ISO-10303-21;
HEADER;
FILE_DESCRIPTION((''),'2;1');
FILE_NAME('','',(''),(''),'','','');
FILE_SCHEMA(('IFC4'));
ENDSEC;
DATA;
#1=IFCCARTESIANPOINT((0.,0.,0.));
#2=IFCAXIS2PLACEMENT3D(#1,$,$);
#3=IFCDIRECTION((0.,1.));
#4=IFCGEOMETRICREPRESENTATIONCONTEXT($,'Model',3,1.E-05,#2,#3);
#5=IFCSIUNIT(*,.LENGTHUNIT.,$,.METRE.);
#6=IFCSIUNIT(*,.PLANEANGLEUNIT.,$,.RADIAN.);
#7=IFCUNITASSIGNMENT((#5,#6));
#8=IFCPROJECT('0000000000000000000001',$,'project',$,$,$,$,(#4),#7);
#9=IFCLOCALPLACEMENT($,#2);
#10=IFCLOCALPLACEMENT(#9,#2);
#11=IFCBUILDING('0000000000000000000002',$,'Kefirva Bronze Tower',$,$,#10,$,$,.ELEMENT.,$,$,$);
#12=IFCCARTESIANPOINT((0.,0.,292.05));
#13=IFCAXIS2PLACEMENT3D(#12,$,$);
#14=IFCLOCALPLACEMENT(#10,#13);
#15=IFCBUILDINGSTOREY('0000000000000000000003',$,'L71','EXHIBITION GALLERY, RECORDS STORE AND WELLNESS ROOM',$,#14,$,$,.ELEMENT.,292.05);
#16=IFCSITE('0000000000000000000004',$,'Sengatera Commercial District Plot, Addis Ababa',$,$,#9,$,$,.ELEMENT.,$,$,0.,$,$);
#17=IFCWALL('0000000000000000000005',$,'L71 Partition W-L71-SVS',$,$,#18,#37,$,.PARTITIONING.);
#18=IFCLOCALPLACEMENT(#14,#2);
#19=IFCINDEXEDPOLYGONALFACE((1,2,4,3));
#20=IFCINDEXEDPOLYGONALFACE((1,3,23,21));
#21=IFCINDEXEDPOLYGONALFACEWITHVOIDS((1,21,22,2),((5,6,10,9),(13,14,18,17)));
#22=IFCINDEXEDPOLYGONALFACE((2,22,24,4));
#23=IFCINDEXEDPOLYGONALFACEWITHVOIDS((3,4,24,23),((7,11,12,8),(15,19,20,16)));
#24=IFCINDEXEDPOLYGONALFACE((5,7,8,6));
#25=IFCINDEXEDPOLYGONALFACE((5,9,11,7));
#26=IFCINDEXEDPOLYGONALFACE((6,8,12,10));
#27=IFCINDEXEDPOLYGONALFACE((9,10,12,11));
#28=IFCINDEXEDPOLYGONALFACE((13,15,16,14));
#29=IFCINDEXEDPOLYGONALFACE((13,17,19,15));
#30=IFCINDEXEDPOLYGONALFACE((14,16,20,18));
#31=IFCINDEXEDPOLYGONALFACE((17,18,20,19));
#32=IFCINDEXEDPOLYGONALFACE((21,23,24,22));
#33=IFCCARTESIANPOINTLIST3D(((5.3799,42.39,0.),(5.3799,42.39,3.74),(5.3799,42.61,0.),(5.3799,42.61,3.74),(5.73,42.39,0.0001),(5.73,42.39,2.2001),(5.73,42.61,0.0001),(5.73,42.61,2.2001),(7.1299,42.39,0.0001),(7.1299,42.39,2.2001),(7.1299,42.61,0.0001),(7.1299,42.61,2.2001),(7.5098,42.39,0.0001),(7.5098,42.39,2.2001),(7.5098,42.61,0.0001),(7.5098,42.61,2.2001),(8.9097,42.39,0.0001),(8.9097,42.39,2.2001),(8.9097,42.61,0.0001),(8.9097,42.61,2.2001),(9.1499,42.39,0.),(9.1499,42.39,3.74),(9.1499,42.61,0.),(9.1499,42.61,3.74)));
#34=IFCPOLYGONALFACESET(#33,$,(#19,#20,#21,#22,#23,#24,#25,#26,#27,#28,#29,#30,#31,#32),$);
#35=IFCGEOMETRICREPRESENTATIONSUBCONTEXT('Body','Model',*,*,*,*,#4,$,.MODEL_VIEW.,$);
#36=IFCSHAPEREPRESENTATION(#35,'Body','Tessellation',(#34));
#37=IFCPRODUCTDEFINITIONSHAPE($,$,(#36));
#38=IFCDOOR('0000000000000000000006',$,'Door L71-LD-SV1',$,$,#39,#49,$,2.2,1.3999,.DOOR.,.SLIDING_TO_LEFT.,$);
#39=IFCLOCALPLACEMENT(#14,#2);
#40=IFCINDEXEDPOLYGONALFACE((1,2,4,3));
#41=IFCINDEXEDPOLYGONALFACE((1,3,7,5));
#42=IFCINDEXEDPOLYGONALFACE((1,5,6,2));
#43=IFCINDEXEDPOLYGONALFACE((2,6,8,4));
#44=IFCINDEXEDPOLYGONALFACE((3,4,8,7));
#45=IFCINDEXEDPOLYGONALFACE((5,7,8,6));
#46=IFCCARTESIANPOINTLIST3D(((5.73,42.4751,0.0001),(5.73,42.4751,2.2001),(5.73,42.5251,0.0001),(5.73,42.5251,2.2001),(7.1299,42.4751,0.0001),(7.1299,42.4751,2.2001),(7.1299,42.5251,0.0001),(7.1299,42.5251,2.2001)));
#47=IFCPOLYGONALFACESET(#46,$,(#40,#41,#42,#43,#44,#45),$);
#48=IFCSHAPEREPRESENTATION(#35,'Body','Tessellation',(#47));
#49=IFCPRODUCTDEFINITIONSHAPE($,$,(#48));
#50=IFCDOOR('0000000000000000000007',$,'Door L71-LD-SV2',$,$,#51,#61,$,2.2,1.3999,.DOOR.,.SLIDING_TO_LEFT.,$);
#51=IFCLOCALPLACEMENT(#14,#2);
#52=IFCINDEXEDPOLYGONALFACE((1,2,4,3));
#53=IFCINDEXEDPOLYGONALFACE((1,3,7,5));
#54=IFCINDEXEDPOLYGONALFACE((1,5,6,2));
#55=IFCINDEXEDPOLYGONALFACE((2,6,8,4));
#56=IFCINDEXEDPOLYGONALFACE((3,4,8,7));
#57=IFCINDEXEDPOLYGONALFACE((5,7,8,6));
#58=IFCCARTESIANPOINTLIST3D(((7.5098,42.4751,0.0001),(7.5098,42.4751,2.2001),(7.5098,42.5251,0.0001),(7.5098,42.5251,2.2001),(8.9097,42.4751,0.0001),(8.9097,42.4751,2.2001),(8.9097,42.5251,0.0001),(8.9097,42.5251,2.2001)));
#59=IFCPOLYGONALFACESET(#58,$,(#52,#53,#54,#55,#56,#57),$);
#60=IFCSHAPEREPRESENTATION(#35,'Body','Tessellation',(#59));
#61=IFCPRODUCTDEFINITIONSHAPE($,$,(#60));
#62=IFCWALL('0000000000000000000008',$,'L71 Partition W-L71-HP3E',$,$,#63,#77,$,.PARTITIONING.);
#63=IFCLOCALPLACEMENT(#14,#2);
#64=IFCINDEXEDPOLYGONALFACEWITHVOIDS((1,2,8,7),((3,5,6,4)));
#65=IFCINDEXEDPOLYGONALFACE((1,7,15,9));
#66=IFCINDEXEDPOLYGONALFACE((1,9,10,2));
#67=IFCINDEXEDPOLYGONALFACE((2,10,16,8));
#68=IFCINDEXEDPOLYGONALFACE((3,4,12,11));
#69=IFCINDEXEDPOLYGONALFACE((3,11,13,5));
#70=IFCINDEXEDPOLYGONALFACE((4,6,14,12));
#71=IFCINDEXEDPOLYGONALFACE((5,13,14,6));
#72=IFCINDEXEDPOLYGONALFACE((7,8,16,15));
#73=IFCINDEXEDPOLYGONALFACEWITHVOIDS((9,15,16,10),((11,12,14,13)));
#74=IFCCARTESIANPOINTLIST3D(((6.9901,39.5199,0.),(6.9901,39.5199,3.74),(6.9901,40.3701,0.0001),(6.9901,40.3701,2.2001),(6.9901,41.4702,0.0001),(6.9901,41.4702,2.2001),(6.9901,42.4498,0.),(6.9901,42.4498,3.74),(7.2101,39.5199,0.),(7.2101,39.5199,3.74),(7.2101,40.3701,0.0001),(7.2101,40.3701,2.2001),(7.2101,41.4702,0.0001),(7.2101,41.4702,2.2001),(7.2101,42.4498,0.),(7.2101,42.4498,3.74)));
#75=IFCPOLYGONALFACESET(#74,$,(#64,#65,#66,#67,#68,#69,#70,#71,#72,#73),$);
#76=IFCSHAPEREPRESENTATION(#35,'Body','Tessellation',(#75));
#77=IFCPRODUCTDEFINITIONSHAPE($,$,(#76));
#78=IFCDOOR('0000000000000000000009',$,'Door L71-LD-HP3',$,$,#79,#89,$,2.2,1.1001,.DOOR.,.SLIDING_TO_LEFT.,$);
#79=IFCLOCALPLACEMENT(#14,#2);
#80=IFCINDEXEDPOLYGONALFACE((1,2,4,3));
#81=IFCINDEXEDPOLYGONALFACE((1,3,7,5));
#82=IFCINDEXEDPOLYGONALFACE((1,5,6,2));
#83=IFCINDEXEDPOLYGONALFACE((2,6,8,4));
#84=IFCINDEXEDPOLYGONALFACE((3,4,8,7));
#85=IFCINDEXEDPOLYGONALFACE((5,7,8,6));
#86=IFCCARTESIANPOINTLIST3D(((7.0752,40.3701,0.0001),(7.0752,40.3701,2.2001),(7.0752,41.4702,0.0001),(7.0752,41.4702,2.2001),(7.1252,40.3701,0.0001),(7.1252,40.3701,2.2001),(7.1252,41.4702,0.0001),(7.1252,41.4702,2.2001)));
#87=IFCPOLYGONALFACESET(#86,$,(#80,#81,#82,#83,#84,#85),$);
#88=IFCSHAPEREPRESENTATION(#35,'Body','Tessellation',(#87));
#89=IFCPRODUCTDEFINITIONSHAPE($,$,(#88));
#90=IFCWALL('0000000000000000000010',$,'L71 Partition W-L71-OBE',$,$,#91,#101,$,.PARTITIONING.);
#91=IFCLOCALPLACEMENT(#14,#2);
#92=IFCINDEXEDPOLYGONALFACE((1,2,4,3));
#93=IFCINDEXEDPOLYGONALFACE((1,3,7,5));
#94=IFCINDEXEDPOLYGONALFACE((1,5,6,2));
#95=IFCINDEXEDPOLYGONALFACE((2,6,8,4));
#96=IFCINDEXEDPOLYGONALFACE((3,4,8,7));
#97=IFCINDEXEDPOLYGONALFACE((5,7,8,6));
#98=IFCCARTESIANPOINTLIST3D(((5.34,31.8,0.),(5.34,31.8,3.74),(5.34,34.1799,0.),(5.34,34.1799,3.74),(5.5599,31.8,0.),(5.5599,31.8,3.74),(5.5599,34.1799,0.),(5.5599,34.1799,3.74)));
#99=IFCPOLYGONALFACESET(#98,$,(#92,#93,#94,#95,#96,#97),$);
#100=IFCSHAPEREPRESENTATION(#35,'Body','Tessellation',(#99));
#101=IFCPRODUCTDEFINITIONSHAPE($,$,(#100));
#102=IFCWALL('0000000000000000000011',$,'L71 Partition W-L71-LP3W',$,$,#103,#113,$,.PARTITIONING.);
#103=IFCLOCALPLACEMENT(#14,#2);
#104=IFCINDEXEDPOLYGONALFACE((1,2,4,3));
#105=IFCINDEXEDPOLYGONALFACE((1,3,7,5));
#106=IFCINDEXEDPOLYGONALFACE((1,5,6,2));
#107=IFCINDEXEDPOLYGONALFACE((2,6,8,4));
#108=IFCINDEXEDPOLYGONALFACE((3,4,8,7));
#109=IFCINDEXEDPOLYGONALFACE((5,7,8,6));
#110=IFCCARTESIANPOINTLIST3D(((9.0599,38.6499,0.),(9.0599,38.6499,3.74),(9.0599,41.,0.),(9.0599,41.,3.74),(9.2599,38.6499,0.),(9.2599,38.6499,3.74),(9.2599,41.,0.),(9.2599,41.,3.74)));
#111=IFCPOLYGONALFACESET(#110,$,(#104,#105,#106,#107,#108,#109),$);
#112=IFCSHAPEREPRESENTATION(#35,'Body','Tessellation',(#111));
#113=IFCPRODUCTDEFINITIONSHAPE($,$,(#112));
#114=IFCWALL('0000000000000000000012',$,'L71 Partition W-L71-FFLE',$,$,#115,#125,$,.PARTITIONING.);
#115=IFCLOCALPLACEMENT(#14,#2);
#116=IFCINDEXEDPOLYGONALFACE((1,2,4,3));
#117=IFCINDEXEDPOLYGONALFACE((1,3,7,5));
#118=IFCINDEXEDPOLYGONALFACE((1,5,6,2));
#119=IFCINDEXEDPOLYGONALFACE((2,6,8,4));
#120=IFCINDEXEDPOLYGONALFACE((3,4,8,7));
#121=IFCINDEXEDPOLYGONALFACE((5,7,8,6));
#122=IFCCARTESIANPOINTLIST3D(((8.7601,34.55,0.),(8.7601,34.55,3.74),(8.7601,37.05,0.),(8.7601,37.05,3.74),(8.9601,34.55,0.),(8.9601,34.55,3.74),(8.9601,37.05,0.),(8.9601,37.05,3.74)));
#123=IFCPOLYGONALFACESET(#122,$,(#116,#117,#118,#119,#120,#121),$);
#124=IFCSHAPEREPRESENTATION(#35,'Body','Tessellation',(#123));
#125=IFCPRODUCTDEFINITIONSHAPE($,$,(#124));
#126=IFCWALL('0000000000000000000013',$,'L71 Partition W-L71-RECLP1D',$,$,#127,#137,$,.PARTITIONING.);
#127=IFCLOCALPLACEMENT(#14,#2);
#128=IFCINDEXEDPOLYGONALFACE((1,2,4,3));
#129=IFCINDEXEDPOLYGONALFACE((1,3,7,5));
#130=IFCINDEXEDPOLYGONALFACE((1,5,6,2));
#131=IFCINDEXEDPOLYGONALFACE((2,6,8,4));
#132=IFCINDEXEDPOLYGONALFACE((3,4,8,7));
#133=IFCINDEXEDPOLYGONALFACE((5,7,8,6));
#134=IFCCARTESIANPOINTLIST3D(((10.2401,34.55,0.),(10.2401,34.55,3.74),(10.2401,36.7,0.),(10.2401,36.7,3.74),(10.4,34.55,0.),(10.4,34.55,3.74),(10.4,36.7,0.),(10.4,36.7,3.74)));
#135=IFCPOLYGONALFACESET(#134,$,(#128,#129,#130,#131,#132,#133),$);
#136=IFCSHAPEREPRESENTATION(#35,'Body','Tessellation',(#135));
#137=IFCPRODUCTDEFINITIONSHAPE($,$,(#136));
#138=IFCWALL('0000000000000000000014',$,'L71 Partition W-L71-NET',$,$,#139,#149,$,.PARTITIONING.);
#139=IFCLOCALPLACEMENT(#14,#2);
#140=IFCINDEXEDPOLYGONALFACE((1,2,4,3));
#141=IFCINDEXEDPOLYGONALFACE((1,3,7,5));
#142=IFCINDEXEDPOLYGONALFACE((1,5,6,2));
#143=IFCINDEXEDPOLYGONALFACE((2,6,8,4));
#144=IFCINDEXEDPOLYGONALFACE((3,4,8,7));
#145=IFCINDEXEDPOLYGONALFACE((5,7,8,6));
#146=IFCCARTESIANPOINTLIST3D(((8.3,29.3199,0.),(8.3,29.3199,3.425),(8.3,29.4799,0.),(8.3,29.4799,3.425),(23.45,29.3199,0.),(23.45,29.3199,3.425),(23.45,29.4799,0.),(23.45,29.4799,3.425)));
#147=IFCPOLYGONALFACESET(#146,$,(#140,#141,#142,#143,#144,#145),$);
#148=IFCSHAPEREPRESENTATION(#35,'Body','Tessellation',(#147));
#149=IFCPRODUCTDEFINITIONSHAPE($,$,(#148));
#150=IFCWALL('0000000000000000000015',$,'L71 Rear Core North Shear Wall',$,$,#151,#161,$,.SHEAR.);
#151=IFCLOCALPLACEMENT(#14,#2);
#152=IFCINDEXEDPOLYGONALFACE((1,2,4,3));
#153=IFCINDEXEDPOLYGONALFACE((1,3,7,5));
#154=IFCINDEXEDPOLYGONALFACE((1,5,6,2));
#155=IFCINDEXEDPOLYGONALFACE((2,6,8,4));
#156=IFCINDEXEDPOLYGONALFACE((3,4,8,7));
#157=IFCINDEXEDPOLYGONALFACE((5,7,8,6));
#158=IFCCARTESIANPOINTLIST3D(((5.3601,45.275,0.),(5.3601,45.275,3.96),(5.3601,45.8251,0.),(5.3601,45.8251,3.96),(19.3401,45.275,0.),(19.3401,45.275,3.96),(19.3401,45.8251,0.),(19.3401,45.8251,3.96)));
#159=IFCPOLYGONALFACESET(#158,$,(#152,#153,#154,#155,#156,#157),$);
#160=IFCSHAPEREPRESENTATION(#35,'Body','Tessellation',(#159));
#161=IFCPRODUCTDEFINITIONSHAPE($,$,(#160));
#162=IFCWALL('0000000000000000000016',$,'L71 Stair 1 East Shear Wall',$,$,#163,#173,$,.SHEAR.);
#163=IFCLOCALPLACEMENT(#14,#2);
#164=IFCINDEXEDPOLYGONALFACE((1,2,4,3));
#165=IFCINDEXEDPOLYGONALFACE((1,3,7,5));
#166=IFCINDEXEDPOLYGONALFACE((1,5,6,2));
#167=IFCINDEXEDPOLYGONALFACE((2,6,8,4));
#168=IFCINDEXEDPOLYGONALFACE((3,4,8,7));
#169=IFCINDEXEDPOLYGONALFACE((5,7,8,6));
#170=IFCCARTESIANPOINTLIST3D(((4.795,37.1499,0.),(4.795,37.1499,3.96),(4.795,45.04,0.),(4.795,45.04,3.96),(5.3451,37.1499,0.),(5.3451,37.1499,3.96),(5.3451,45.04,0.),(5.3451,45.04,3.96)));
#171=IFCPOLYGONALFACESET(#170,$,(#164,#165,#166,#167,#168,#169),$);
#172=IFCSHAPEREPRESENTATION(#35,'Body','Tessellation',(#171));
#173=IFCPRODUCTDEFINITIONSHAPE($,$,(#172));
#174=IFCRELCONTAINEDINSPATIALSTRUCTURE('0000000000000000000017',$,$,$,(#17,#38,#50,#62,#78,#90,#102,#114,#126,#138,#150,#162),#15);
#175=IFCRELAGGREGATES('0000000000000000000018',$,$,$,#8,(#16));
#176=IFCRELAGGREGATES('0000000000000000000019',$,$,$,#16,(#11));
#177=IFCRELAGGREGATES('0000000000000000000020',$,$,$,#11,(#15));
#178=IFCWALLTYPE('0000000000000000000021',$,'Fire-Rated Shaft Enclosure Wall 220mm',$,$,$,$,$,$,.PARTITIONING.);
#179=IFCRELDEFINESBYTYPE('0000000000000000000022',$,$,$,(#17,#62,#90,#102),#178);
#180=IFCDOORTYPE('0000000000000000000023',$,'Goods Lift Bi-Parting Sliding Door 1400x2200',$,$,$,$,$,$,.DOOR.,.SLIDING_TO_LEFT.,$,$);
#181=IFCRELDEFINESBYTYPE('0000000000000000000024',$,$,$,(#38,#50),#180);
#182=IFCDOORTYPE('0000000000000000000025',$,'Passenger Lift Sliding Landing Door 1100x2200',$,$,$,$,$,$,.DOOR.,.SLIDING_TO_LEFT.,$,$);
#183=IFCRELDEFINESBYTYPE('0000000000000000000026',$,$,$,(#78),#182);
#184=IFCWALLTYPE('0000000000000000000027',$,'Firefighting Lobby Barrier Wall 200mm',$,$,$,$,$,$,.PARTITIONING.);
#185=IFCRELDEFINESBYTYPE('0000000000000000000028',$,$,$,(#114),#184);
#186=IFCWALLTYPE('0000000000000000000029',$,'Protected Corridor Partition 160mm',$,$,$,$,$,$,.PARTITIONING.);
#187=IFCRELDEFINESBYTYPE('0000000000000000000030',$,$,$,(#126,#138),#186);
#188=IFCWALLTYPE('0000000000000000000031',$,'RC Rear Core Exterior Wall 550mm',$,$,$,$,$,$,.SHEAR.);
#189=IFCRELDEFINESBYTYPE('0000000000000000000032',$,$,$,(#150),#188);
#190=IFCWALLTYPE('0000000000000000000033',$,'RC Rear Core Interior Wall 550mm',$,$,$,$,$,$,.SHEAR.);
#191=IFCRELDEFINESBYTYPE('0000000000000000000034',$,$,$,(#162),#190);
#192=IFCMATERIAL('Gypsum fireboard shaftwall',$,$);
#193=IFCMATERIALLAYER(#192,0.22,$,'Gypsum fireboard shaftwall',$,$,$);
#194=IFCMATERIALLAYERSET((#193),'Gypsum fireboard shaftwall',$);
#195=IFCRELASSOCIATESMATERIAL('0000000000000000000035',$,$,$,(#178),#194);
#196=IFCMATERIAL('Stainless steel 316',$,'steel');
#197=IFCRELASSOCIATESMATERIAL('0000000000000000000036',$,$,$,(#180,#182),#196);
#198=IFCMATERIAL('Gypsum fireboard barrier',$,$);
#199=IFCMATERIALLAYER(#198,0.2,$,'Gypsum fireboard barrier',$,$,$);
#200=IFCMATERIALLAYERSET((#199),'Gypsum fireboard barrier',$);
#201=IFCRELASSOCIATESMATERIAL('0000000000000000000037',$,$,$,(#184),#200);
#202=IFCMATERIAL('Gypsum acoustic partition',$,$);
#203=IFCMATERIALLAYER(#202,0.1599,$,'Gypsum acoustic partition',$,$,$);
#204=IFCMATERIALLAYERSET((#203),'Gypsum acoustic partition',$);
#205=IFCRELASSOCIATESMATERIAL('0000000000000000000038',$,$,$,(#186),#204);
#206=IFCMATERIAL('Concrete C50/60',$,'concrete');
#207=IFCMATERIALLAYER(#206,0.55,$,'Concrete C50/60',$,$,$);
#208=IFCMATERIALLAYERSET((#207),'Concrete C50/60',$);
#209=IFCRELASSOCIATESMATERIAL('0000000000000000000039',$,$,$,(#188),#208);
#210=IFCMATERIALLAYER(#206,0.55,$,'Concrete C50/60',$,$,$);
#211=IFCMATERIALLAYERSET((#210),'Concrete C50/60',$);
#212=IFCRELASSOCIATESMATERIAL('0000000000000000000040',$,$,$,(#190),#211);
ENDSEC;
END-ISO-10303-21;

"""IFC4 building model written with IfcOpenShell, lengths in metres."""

from ifc_helpers import new_model, si_unit, direction, frame, frame_2d, origin, place, context, subcontext, project, spatial, rectangle, extrude, material, layer, layer_set, type_object, element, fill, save


model = new_model("IFC4")

# Units and contexts
model_context = context("Model", 3, precision=1e-05, world=origin(), true_north=direction((0.0, 1.0)))
body_context = subcontext(model_context, "Body", "Model", "MODEL_VIEW")
ifc_project = project(units=[si_unit("LENGTHUNIT", "METRE"), si_unit("PLANEANGLEUNIT", "RADIAN")], contexts=[model_context])

# Site, building, storey
site_placement = place(None, origin())
site = spatial("IfcSite", under=ifc_project, at=site_placement, Name="Sengatera Commercial District Plot, Addis Ababa", CompositionType="ELEMENT", RefElevation=0.0)
building_placement = place(site_placement, origin())
building = spatial("IfcBuilding", under=site, at=building_placement, Name="Kefirva Bronze Tower", CompositionType="ELEMENT")
storey_placement = place(building_placement, frame((0.0, 0.0, 292.05)))
storey = spatial("IfcBuildingStorey", under=building, at=storey_placement, Name="L71", Description="EXHIBITION GALLERY, RECORDS STORE AND WELLNESS ROOM", CompositionType="ELEMENT", Elevation=292.05)

# Shared definitions
ifc_material_1 = material(Name="Concrete C50/60", Category="concrete")

# Shared definitions
ifc_material_2 = material(Name="Gypsum fireboard shaftwall")
ifc_layer_1 = layer(ifc_material_2, 0.22, Name="Gypsum fireboard shaftwall")
ifc_layer_set_1 = layer_set([ifc_layer_1], Name="Gypsum fireboard shaftwall")
wall_type_1 = type_object("IfcWallType", Name="Fire-Rated Shaft Enclosure Wall 220mm", PredefinedType="PARTITIONING", material=ifc_layer_set_1)
ifc_material_3 = material(Name="Stainless steel 316", Category="steel")

# Wall, openings, doors
wall_1_placement = place(storey_placement, frame((5.3799, 42.5, 0.0), z_axis=(0.0, 0.0, 1.0), x_axis=(1.0, 0.0, 0.0)))
wall_1 = element("IfcWall", 1, at=wall_1_placement, inside=storey, type_object=wall_type_1, Name="L71 Partition W-L71-SVS", PredefinedType="PARTITIONING", context=body_context, shape_type="SweptSolid", body=[
    extrude(rectangle(XDim=3.77, YDim=0.22, at=frame_2d((1.885, 0.0))), origin(), (0.0, 0.0, 1.0), 3.74),
])
opening_1_placement = place(wall_1_placement, frame((1.75, 0.0, 0.0), z_axis=(0.0, 0.0, 1.0), x_axis=(-1.0, 0.0, 0.0)))
opening_1 = element("IfcOpeningElement", 2, at=opening_1_placement, cuts=wall_1, PredefinedType="OPENING", context=body_context, shape_type="SweptSolid", body=[
    extrude(rectangle(XDim=1.3999, YDim=2.2, at=frame_2d((0.7, 1.1001))), frame((0.0, 0.1201, 0.0), z_axis=(0.0, -1.0, 0.0), x_axis=(1.0, 0.0, 0.0)), (0.0, 0.0, 1.0), 0.24),
])
opening_2_placement = place(wall_1_placement, frame((3.5298, 0.0, 0.0), z_axis=(0.0, 0.0, 1.0), x_axis=(-1.0, 0.0, 0.0)))
opening_2 = element("IfcOpeningElement", 3, at=opening_2_placement, cuts=wall_1, PredefinedType="OPENING", context=body_context, shape_type="SweptSolid", body=[
    extrude(rectangle(XDim=1.3999, YDim=2.2, at=frame_2d((0.7, 1.1001))), frame((0.0, 0.1201, 0.0), z_axis=(0.0, -1.0, 0.0), x_axis=(1.0, 0.0, 0.0)), (0.0, 0.0, 1.0), 0.24),
])
door_type_1 = type_object("IfcDoorType", Name="Goods Lift Bi-Parting Sliding Door 1400x2200", OperationType="SLIDING_TO_LEFT", PredefinedType="DOOR", material=ifc_material_3)
door_1_placement = place(opening_1_placement, origin())
door_1 = element("IfcDoor", 4, at=door_1_placement, inside=storey, type_object=door_type_1, Name="Door L71-LD-SV1", OperationType="SLIDING_TO_LEFT", OverallHeight=2.2, OverallWidth=1.3999, PredefinedType="DOOR", context=body_context, shape_type="SweptSolid", body=[
    extrude(rectangle(XDim=1.3999, YDim=2.2, at=frame_2d((0.7, 1.1001))), frame((0.0, 0.0249, 0.0), z_axis=(0.0, -1.0, 0.0), x_axis=(1.0, 0.0, 0.0)), (0.0, 0.0, 1.0), 0.05),
])
fill(opening_1, door_1)
door_2_placement = place(opening_2_placement, origin())
door_2 = element("IfcDoor", 5, at=door_2_placement, inside=storey, type_object=door_type_1, Name="Door L71-LD-SV2", OperationType="SLIDING_TO_LEFT", OverallHeight=2.2, OverallWidth=1.3999, PredefinedType="DOOR", context=body_context, shape_type="SweptSolid", body=[
    extrude(rectangle(XDim=1.3999, YDim=2.2, at=frame_2d((0.7, 1.1001))), frame((0.0, 0.0249, 0.0), z_axis=(0.0, -1.0, 0.0), x_axis=(1.0, 0.0, 0.0)), (0.0, 0.0, 1.0), 0.05),
])
fill(opening_2, door_2)

# Wall, opening, door
wall_2_placement = place(storey_placement, frame((7.1001, 39.52, 0.0), z_axis=(0.0, 0.0, 1.0), x_axis=(0.0, 1.0, 0.0)))
wall_2 = element("IfcWall", 6, at=wall_2_placement, inside=storey, type_object=wall_type_1, Name="L71 Partition W-L71-HP3E", PredefinedType="PARTITIONING", context=body_context, shape_type="SweptSolid", body=[
    extrude(rectangle(XDim=2.9299, YDim=0.22, at=frame_2d((1.4648, 0.0))), origin(), (0.0, 0.0, 1.0), 3.74),
])
opening_3_placement = place(wall_2_placement, frame((0.8501, 0.0, 0.0)))
opening_3 = element("IfcOpeningElement", 7, at=opening_3_placement, cuts=wall_2, PredefinedType="OPENING", context=body_context, shape_type="SweptSolid", body=[
    extrude(rectangle(XDim=1.1001, YDim=2.2, at=frame_2d((0.55, 1.1001))), frame((0.0, 0.1201, 0.0), z_axis=(0.0, -1.0, 0.0), x_axis=(1.0, 0.0, 0.0)), (0.0, 0.0, 1.0), 0.24),
])
door_type_2 = type_object("IfcDoorType", Name="Passenger Lift Sliding Landing Door 1100x2200", OperationType="SLIDING_TO_LEFT", PredefinedType="DOOR", material=ifc_material_3)
door_3_placement = place(opening_3_placement, origin())
door_3 = element("IfcDoor", 8, at=door_3_placement, inside=storey, type_object=door_type_2, Name="Door L71-LD-HP3", OperationType="SLIDING_TO_LEFT", OverallHeight=2.2, OverallWidth=1.1001, PredefinedType="DOOR", context=body_context, shape_type="SweptSolid", body=[
    extrude(rectangle(XDim=1.1001, YDim=2.2, at=frame_2d((0.55, 1.1001))), frame((0.0, 0.0249, 0.0), z_axis=(0.0, -1.0, 0.0), x_axis=(1.0, 0.0, 0.0)), (0.0, 0.0, 1.0), 0.05),
])
fill(opening_3, door_3)

# Walls
wall_3_placement = place(storey_placement, frame((5.45, 31.8, 0.0), z_axis=(0.0, 0.0, 1.0), x_axis=(0.0, 1.0, 0.0)))
element("IfcWall", 9, at=wall_3_placement, inside=storey, type_object=wall_type_1, Name="L71 Partition W-L71-OBE", PredefinedType="PARTITIONING", context=body_context, shape_type="SweptSolid", body=[
    extrude(rectangle(XDim=2.3799, YDim=0.22, at=frame_2d((1.1899, 0.0))), origin(), (0.0, 0.0, 1.0), 3.74),
])
wall_4_placement = place(storey_placement, frame((9.1599, 38.6499, 0.0), z_axis=(0.0, 0.0, 1.0), x_axis=(0.0, 1.0, 0.0)))
element("IfcWall", 10, at=wall_4_placement, inside=storey, type_object=wall_type_1, Name="L71 Partition W-L71-LP3W", PredefinedType="PARTITIONING", context=body_context, shape_type="SweptSolid", body=[
    extrude(rectangle(XDim=2.3501, YDim=0.2, at=frame_2d((1.175, 0.0))), origin(), (0.0, 0.0, 1.0), 3.74),
])
ifc_material_4 = material(Name="Gypsum fireboard barrier")
ifc_layer_2 = layer(ifc_material_4, 0.2, Name="Gypsum fireboard barrier")
ifc_layer_set_2 = layer_set([ifc_layer_2], Name="Gypsum fireboard barrier")
wall_type_2 = type_object("IfcWallType", Name="Firefighting Lobby Barrier Wall 200mm", PredefinedType="PARTITIONING", material=ifc_layer_set_2)
wall_5_placement = place(storey_placement, frame((8.8601, 34.55, 0.0), z_axis=(0.0, 0.0, 1.0), x_axis=(0.0, 1.0, 0.0)))
element("IfcWall", 11, at=wall_5_placement, inside=storey, type_object=wall_type_2, Name="L71 Partition W-L71-FFLE", PredefinedType="PARTITIONING", context=body_context, shape_type="SweptSolid", body=[
    extrude(rectangle(XDim=2.5, YDim=0.2, at=frame_2d((1.25, 0.0))), origin(), (0.0, 0.0, 1.0), 3.74),
])

# Shared definitions
ifc_material_5 = material(Name="Gypsum acoustic partition")
ifc_layer_3 = layer(ifc_material_5, 0.1599, Name="Gypsum acoustic partition")
ifc_layer_set_3 = layer_set([ifc_layer_3], Name="Gypsum acoustic partition")
wall_type_3 = type_object("IfcWallType", Name="Protected Corridor Partition 160mm", PredefinedType="PARTITIONING", material=ifc_layer_set_3)

# Wall
wall_6_placement = place(storey_placement, frame((10.3201, 34.55, 0.0), z_axis=(0.0, 0.0, 1.0), x_axis=(0.0, 1.0, 0.0)))
element("IfcWall", 12, at=wall_6_placement, inside=storey, type_object=wall_type_3, Name="L71 Partition W-L71-RECLP1D", PredefinedType="PARTITIONING", context=body_context, shape_type="SweptSolid", body=[
    extrude(rectangle(XDim=2.1499, YDim=0.1599, at=frame_2d((1.075, 0.0))), origin(), (0.0, 0.0, 1.0), 3.74),
])

# Walls
wall_7_placement = place(storey_placement, frame((8.3, 29.3999, 0.0), z_axis=(0.0, 0.0, 1.0), x_axis=(1.0, 0.0, 0.0)))
element("IfcWall", 13, at=wall_7_placement, inside=storey, type_object=wall_type_3, Name="L71 Partition W-L71-NET", PredefinedType="PARTITIONING", context=body_context, shape_type="SweptSolid", body=[
    extrude(rectangle(XDim=15.1499, YDim=0.1599, at=frame_2d((7.575, 0.0))), origin(), (0.0, 0.0, 1.0), 3.425),
])
ifc_layer_4 = layer(ifc_material_1, 0.55, Name="Concrete C50/60")
ifc_layer_set_4 = layer_set([ifc_layer_4], Name="Concrete C50/60")
wall_type_4 = type_object("IfcWallType", Name="RC Rear Core Exterior Wall 550mm", PredefinedType="SHEAR", material=ifc_layer_set_4)
wall_8_placement = place(storey_placement, frame((5.3601, 45.55, 0.0), z_axis=(0.0, 0.0, 1.0), x_axis=(1.0, 0.0, 0.0)))
element("IfcWall", 14, at=wall_8_placement, inside=storey, type_object=wall_type_4, Name="L71 Rear Core North Shear Wall", PredefinedType="SHEAR", context=body_context, shape_type="SweptSolid", body=[
    extrude(rectangle(XDim=13.98, YDim=0.55, at=frame_2d((6.99, 0.0))), origin(), (0.0, 0.0, 1.0), 3.96),
])
ifc_layer_5 = layer(ifc_material_1, 0.55, Name="Concrete C50/60")
ifc_layer_set_5 = layer_set([ifc_layer_5], Name="Concrete C50/60")
wall_type_5 = type_object("IfcWallType", Name="RC Rear Core Interior Wall 550mm", PredefinedType="SHEAR", material=ifc_layer_set_5)
wall_9_placement = place(storey_placement, frame((5.0701, 37.1499, 0.0), z_axis=(0.0, 0.0, 1.0), x_axis=(0.0, 1.0, 0.0)))
element("IfcWall", 15, at=wall_9_placement, inside=storey, type_object=wall_type_5, Name="L71 Stair 1 East Shear Wall", PredefinedType="SHEAR", context=body_context, shape_type="SweptSolid", body=[
    extrude(rectangle(XDim=7.8901, YDim=0.55, at=frame_2d((3.9451, 0.0))), origin(), (0.0, 0.0, 1.0), 3.96),
])

save(model, "model.ifc")
